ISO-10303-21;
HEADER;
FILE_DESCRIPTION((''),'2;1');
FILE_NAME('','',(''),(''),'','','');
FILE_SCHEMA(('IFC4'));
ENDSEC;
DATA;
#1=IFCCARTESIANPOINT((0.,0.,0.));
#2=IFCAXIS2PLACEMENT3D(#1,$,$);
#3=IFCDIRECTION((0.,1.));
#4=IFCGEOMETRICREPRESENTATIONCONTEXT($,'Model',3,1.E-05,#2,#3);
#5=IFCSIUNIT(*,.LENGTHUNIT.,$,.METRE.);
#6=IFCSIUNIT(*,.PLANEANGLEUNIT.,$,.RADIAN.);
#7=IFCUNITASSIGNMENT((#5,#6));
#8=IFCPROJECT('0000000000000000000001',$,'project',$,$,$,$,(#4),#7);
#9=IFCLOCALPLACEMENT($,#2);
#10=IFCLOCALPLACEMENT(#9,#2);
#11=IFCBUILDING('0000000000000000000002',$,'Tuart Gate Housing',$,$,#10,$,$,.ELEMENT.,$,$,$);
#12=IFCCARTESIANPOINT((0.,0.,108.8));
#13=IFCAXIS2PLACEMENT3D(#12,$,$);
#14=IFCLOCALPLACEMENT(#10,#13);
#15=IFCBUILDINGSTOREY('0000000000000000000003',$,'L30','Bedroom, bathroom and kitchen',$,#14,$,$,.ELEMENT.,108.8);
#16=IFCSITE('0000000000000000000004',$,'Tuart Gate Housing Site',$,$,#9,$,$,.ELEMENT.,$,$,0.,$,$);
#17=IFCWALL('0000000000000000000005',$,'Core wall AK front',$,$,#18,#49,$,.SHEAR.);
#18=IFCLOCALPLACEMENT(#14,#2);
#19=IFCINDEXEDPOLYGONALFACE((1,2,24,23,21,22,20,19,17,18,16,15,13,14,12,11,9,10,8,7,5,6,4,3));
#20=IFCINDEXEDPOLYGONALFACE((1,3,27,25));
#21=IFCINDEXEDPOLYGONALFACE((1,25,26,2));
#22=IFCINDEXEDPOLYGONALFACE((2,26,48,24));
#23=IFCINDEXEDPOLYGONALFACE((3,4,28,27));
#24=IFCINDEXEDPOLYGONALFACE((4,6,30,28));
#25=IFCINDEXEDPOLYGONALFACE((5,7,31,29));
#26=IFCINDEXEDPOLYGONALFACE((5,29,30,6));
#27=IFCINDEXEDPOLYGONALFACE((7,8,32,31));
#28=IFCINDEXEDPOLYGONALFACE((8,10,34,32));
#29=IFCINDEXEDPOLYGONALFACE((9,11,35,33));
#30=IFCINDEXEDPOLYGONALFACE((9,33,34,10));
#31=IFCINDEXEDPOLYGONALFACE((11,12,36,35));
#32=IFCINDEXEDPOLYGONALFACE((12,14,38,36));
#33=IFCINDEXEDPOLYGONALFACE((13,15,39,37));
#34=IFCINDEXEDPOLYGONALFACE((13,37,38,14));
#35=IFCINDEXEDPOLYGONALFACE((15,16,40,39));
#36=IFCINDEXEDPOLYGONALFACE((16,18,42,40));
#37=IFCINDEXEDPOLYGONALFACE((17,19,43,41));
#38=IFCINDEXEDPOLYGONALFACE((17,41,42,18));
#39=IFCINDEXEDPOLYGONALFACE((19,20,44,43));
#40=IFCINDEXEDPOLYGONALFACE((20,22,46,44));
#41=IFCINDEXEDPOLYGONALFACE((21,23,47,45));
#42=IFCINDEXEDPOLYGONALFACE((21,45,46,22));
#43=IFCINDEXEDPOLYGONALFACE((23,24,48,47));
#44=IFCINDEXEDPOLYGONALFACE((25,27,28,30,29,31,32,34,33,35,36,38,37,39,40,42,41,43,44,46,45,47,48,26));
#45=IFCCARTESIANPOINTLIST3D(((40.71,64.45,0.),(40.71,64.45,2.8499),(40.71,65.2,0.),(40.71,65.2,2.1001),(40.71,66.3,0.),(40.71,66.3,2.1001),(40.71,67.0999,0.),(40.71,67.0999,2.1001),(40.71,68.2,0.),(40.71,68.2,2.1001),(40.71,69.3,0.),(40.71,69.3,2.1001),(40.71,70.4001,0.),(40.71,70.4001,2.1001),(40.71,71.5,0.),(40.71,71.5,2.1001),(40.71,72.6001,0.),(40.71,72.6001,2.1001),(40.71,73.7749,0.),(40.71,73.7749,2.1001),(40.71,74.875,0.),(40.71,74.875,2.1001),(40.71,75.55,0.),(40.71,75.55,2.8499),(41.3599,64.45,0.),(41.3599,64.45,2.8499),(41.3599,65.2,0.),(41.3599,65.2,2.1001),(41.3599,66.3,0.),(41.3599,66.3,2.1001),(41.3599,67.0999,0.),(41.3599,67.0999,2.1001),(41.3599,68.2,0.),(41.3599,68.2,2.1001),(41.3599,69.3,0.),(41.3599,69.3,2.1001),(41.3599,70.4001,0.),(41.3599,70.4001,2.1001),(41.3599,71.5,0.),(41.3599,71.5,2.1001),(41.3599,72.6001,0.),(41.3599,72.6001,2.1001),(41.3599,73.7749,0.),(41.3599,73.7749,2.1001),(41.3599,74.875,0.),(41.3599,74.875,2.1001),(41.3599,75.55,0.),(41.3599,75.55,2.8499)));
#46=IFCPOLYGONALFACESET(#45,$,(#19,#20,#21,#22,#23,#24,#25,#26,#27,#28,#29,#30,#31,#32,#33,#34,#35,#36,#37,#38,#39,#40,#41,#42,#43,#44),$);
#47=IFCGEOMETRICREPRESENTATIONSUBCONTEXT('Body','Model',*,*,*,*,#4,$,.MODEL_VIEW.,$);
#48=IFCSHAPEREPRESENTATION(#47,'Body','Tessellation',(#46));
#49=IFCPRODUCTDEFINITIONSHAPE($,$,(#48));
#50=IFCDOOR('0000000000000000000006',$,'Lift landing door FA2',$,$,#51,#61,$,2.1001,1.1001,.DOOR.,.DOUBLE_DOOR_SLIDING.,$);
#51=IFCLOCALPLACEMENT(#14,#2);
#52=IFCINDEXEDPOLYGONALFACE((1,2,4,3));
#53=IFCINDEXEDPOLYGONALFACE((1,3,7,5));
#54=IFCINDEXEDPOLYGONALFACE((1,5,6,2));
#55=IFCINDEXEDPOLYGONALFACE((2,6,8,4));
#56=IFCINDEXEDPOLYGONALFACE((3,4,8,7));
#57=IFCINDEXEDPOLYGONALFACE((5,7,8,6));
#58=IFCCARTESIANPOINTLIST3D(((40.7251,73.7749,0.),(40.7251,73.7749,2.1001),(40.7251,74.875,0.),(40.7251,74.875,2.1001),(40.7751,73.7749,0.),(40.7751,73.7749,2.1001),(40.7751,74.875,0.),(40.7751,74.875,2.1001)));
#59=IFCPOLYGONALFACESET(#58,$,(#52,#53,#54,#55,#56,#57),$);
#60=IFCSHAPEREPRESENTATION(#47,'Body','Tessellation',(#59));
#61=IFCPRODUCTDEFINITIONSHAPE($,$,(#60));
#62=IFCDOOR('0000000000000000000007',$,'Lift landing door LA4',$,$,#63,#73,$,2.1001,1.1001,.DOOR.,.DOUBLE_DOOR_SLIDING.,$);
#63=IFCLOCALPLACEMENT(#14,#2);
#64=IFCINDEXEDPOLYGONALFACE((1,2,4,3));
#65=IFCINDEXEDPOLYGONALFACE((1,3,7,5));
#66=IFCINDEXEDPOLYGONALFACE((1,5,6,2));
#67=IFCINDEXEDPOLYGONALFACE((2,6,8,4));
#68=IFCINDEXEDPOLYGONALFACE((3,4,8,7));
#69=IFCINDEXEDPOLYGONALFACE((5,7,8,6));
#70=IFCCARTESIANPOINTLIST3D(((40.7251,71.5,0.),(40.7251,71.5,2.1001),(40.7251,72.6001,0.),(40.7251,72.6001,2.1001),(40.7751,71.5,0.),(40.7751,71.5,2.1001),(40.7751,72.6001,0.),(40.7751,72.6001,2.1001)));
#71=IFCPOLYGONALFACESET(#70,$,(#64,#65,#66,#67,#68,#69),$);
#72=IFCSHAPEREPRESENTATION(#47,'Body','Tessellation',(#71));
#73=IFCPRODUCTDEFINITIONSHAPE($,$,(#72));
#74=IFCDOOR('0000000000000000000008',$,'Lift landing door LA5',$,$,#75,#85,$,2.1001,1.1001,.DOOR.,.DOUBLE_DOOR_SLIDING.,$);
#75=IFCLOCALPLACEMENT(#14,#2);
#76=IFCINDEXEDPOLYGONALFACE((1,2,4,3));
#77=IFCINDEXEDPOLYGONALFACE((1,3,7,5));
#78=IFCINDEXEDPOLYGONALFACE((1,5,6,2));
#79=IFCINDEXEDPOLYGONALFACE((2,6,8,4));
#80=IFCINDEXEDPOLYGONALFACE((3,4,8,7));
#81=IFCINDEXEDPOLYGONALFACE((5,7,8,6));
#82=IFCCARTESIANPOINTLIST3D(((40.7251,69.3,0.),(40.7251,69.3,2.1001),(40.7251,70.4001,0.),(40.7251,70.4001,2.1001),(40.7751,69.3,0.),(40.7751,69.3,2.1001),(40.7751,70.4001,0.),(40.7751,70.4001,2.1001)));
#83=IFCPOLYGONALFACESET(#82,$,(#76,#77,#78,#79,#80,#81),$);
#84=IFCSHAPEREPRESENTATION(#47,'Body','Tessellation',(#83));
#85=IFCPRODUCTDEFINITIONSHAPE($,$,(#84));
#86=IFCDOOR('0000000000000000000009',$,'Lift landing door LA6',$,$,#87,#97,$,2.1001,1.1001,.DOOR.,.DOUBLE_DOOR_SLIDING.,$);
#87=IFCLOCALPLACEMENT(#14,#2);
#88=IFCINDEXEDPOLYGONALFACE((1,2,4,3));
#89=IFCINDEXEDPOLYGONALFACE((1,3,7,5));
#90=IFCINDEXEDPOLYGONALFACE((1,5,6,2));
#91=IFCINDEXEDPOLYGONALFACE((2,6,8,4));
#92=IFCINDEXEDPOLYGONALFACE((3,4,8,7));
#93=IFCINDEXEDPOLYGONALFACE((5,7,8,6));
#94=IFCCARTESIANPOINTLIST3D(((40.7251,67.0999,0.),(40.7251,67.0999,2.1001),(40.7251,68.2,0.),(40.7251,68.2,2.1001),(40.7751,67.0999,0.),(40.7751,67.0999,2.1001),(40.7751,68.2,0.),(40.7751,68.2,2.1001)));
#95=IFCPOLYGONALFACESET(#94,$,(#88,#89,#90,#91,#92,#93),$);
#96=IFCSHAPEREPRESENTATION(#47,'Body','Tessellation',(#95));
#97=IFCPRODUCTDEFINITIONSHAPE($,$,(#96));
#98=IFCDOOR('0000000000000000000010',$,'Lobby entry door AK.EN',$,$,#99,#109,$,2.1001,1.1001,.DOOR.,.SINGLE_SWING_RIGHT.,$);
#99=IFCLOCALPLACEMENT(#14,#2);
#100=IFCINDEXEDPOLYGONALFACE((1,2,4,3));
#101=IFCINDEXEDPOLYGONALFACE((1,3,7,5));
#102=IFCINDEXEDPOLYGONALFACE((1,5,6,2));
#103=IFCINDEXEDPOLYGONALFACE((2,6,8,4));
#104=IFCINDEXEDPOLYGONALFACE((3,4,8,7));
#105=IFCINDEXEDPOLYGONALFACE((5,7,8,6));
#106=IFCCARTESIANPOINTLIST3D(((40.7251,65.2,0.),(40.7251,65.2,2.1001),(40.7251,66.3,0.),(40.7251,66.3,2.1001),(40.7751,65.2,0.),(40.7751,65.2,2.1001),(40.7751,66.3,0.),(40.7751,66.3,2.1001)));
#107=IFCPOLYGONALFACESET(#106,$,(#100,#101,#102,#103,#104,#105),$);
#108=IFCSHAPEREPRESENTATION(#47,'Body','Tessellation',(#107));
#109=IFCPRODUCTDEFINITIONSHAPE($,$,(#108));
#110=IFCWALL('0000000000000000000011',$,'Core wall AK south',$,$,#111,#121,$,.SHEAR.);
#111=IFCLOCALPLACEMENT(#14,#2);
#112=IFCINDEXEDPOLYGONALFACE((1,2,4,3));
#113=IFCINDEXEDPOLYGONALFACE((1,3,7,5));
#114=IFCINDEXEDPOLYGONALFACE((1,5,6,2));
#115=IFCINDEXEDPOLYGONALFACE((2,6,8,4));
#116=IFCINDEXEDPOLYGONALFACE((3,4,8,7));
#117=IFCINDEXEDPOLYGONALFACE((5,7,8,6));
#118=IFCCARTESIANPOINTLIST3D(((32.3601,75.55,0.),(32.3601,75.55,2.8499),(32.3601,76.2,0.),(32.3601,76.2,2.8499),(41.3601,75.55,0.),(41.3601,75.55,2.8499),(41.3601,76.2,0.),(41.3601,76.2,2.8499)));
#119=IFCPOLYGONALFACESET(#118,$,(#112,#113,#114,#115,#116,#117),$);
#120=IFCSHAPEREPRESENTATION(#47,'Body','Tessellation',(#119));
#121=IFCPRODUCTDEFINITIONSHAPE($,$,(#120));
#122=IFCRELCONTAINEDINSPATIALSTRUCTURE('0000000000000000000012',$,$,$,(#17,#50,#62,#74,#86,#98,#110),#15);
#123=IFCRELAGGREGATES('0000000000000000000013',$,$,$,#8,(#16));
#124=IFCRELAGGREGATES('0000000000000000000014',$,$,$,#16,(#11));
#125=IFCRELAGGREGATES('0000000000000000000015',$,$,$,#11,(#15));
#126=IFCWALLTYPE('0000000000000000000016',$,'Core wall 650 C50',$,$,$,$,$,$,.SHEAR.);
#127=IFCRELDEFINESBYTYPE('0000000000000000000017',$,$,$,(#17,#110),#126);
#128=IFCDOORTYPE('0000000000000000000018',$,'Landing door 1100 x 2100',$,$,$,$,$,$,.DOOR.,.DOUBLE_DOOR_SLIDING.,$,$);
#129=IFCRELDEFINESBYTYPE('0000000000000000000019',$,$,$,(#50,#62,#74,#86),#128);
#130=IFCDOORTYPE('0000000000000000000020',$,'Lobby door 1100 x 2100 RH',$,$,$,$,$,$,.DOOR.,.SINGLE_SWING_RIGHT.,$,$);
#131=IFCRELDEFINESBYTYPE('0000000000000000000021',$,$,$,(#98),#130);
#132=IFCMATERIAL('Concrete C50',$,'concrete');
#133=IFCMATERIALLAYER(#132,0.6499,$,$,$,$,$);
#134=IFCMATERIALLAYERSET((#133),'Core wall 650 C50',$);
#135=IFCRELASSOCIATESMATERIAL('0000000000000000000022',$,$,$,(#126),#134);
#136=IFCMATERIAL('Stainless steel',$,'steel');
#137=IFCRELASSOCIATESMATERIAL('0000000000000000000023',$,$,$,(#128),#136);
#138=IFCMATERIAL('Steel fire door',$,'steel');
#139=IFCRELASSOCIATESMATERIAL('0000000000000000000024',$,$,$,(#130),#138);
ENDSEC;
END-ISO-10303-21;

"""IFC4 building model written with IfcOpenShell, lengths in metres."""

from ifc_helpers import new_model, si_unit, direction, frame, frame_2d, origin, place, context, subcontext, project, spatial, rectangle, extrude, material, layer, layer_set, type_object, element, fill, save


model = new_model("IFC4")

# Units and contexts
model_context = context("Model", 3, precision=1e-05, world=origin(), true_north=direction((0.0, 1.0)))
body_context = subcontext(model_context, "Body", "Model", "MODEL_VIEW")
ifc_project = project(units=[si_unit("LENGTHUNIT", "METRE"), si_unit("PLANEANGLEUNIT", "RADIAN")], contexts=[model_context])

# Site, building, storey
site_placement = place(None, origin())
site = spatial("IfcSite", under=ifc_project, at=site_placement, Name="Tuart Gate Housing Site", CompositionType="ELEMENT", RefElevation=0.0)
building_placement = place(site_placement, origin())
building = spatial("IfcBuilding", under=site, at=building_placement, Name="Tuart Gate Housing", CompositionType="ELEMENT")
storey_placement = place(building_placement, frame((0.0, 0.0, 108.8)))
storey = spatial("IfcBuildingStorey", under=building, at=storey_placement, Name="L30", Description="Bedroom, bathroom and kitchen", CompositionType="ELEMENT", Elevation=108.8)

# Wall, openings, doors
ifc_material_1 = material(Name="Concrete C50", Category="concrete")
ifc_layer_1 = layer(ifc_material_1, 0.6499)
ifc_layer_set_1 = layer_set([ifc_layer_1], Name="Core wall 650 C50")
wall_type_1 = type_object("IfcWallType", Name="Core wall 650 C50", PredefinedType="SHEAR", material=ifc_layer_set_1)
wall_1_placement = place(storey_placement, frame((41.0349, 75.55, 0.0), z_axis=(0.0, 0.0, 1.0), x_axis=(0.0, -1.0, 0.0)))
wall_1 = element("IfcWall", 1, at=wall_1_placement, inside=storey, type_object=wall_type_1, Name="Core wall AK front", PredefinedType="SHEAR", context=body_context, shape_type="SweptSolid", body=[
    extrude(rectangle(XDim=11.1001, YDim=0.6499, at=frame_2d((5.55, 0.0))), origin(), (0.0, 0.0, 1.0), 2.8499),
])
opening_1_placement = place(wall_1_placement, frame((0.675, 0.0, 0.0)))
opening_1 = element("IfcOpeningElement", 2, at=opening_1_placement, cuts=wall_1, PredefinedType="OPENING", context=body_context, shape_type="SweptSolid", body=[
    extrude(rectangle(XDim=1.1001, YDim=2.1001, at=frame_2d((0.55, 1.05))), frame((0.0, 0.335, 0.0), z_axis=(0.0, -1.0, 0.0), x_axis=(1.0, 0.0, 0.0)), (0.0, 0.0, 1.0), 0.6699),
])
opening_2_placement = place(wall_1_placement, frame((2.95, 0.0, 0.0)))
opening_2 = element("IfcOpeningElement", 3, at=opening_2_placement, cuts=wall_1, PredefinedType="OPENING", context=body_context, shape_type="SweptSolid", body=[
    extrude(rectangle(XDim=1.1001, YDim=2.1001, at=frame_2d((0.55, 1.05))), frame((0.0, 0.335, 0.0), z_axis=(0.0, -1.0, 0.0), x_axis=(1.0, 0.0, 0.0)), (0.0, 0.0, 1.0), 0.6699),
])
opening_3_placement = place(wall_1_placement, frame((5.1499, 0.0, 0.0)))
opening_3 = element("IfcOpeningElement", 4, at=opening_3_placement, cuts=wall_1, PredefinedType="OPENING", context=body_context, shape_type="SweptSolid", body=[
    extrude(rectangle(XDim=1.1001, YDim=2.1001, at=frame_2d((0.55, 1.05))), frame((0.0, 0.335, 0.0), z_axis=(0.0, -1.0, 0.0), x_axis=(1.0, 0.0, 0.0)), (0.0, 0.0, 1.0), 0.6699),
])
opening_4_placement = place(wall_1_placement, frame((7.3501, 0.0, 0.0)))
opening_4 = element("IfcOpeningElement", 5, at=opening_4_placement, cuts=wall_1, PredefinedType="OPENING", context=body_context, shape_type="SweptSolid", body=[
    extrude(rectangle(XDim=1.1001, YDim=2.1001, at=frame_2d((0.55, 1.05))), frame((0.0, 0.335, 0.0), z_axis=(0.0, -1.0, 0.0), x_axis=(1.0, 0.0, 0.0)), (0.0, 0.0, 1.0), 0.6699),
])
opening_5_placement = place(wall_1_placement, frame((9.25, 0.0, 0.0)))
opening_5 = element("IfcOpeningElement", 6, at=opening_5_placement, cuts=wall_1, PredefinedType="OPENING", context=body_context, shape_type="SweptSolid", body=[
    extrude(rectangle(XDim=1.1001, YDim=2.1001, at=frame_2d((0.55, 1.05))), frame((0.0, 0.335, 0.0), z_axis=(0.0, -1.0, 0.0), x_axis=(1.0, 0.0, 0.0)), (0.0, 0.0, 1.0), 0.6699),
])
ifc_material_2 = material(Name="Stainless steel", Category="steel")
door_type_1 = type_object("IfcDoorType", Name="Landing door 1100 x 2100", OperationType="DOUBLE_DOOR_SLIDING", PredefinedType="DOOR", material=ifc_material_2)
door_1_placement = place(opening_1_placement, origin())
door_1 = element("IfcDoor", 7, at=door_1_placement, inside=storey, type_object=door_type_1, Name="Lift landing door FA2", OperationType="DOUBLE_DOOR_SLIDING", OverallHeight=2.1001, OverallWidth=1.1001, PredefinedType="DOOR", context=body_context, shape_type="SweptSolid", body=[
    extrude(rectangle(XDim=1.1001, YDim=2.1001, at=frame_2d((0.55, 1.05))), frame((0.0, -0.2598, 0.0), z_axis=(0.0, -1.0, 0.0), x_axis=(1.0, 0.0, 0.0)), (0.0, 0.0, 1.0), 0.05),
])
fill(opening_1, door_1)
door_2_placement = place(opening_2_placement, origin())
door_2 = element("IfcDoor", 8, at=door_2_placement, inside=storey, type_object=door_type_1, Name="Lift landing door LA4", OperationType="DOUBLE_DOOR_SLIDING", OverallHeight=2.1001, OverallWidth=1.1001, PredefinedType="DOOR", context=body_context, shape_type="SweptSolid", body=[
    extrude(rectangle(XDim=1.1001, YDim=2.1001, at=frame_2d((0.55, 1.05))), frame((0.0, -0.2598, 0.0), z_axis=(0.0, -1.0, 0.0), x_axis=(1.0, 0.0, 0.0)), (0.0, 0.0, 1.0), 0.05),
])
fill(opening_2, door_2)
door_3_placement = place(opening_3_placement, origin())
door_3 = element("IfcDoor", 9, at=door_3_placement, inside=storey, type_object=door_type_1, Name="Lift landing door LA5", OperationType="DOUBLE_DOOR_SLIDING", OverallHeight=2.1001, OverallWidth=1.1001, PredefinedType="DOOR", context=body_context, shape_type="SweptSolid", body=[
    extrude(rectangle(XDim=1.1001, YDim=2.1001, at=frame_2d((0.55, 1.05))), frame((0.0, -0.2598, 0.0), z_axis=(0.0, -1.0, 0.0), x_axis=(1.0, 0.0, 0.0)), (0.0, 0.0, 1.0), 0.05),
])
fill(opening_3, door_3)
door_4_placement = place(opening_4_placement, origin())
door_4 = element("IfcDoor", 10, at=door_4_placement, inside=storey, type_object=door_type_1, Name="Lift landing door LA6", OperationType="DOUBLE_DOOR_SLIDING", OverallHeight=2.1001, OverallWidth=1.1001, PredefinedType="DOOR", context=body_context, shape_type="SweptSolid", body=[
    extrude(rectangle(XDim=1.1001, YDim=2.1001, at=frame_2d((0.55, 1.05))), frame((0.0, -0.2598, 0.0), z_axis=(0.0, -1.0, 0.0), x_axis=(1.0, 0.0, 0.0)), (0.0, 0.0, 1.0), 0.05),
])
fill(opening_4, door_4)
ifc_material_3 = material(Name="Steel fire door", Category="steel")
door_type_2 = type_object("IfcDoorType", Name="Lobby door 1100 x 2100 RH", OperationType="SINGLE_SWING_RIGHT", PredefinedType="DOOR", material=ifc_material_3)
door_5_placement = place(opening_5_placement, frame((1.1001, 0.0, 0.0), z_axis=(0.0, 0.0, 1.0), x_axis=(-1.0, 0.0, 0.0)))
door_5 = element("IfcDoor", 11, at=door_5_placement, inside=storey, type_object=door_type_2, Name="Lobby entry door AK.EN", OperationType="SINGLE_SWING_RIGHT", OverallHeight=2.1001, OverallWidth=1.1001, PredefinedType="DOOR", context=body_context, shape_type="SweptSolid", body=[
    extrude(rectangle(XDim=1.1001, YDim=2.1001, at=frame_2d((0.55, 1.05))), frame((0.0, 0.3098, 0.0), z_axis=(0.0, -1.0, 0.0), x_axis=(1.0, 0.0, 0.0)), (0.0, 0.0, 1.0), 0.05),
])
fill(opening_5, door_5)

# Wall
wall_2_placement = place(storey_placement, frame((41.3601, 75.875, 0.0), z_axis=(0.0, 0.0, 1.0), x_axis=(-1.0, 0.0, 0.0)))
element("IfcWall", 12, at=wall_2_placement, inside=storey, type_object=wall_type_1, Name="Core wall AK south", PredefinedType="SHEAR", context=body_context, shape_type="SweptSolid", body=[
    extrude(rectangle(XDim=9.0, YDim=0.6499, at=frame_2d((4.5, 0.0))), origin(), (0.0, 0.0, 1.0), 2.8499),
])

save(model, "model.ifc")
